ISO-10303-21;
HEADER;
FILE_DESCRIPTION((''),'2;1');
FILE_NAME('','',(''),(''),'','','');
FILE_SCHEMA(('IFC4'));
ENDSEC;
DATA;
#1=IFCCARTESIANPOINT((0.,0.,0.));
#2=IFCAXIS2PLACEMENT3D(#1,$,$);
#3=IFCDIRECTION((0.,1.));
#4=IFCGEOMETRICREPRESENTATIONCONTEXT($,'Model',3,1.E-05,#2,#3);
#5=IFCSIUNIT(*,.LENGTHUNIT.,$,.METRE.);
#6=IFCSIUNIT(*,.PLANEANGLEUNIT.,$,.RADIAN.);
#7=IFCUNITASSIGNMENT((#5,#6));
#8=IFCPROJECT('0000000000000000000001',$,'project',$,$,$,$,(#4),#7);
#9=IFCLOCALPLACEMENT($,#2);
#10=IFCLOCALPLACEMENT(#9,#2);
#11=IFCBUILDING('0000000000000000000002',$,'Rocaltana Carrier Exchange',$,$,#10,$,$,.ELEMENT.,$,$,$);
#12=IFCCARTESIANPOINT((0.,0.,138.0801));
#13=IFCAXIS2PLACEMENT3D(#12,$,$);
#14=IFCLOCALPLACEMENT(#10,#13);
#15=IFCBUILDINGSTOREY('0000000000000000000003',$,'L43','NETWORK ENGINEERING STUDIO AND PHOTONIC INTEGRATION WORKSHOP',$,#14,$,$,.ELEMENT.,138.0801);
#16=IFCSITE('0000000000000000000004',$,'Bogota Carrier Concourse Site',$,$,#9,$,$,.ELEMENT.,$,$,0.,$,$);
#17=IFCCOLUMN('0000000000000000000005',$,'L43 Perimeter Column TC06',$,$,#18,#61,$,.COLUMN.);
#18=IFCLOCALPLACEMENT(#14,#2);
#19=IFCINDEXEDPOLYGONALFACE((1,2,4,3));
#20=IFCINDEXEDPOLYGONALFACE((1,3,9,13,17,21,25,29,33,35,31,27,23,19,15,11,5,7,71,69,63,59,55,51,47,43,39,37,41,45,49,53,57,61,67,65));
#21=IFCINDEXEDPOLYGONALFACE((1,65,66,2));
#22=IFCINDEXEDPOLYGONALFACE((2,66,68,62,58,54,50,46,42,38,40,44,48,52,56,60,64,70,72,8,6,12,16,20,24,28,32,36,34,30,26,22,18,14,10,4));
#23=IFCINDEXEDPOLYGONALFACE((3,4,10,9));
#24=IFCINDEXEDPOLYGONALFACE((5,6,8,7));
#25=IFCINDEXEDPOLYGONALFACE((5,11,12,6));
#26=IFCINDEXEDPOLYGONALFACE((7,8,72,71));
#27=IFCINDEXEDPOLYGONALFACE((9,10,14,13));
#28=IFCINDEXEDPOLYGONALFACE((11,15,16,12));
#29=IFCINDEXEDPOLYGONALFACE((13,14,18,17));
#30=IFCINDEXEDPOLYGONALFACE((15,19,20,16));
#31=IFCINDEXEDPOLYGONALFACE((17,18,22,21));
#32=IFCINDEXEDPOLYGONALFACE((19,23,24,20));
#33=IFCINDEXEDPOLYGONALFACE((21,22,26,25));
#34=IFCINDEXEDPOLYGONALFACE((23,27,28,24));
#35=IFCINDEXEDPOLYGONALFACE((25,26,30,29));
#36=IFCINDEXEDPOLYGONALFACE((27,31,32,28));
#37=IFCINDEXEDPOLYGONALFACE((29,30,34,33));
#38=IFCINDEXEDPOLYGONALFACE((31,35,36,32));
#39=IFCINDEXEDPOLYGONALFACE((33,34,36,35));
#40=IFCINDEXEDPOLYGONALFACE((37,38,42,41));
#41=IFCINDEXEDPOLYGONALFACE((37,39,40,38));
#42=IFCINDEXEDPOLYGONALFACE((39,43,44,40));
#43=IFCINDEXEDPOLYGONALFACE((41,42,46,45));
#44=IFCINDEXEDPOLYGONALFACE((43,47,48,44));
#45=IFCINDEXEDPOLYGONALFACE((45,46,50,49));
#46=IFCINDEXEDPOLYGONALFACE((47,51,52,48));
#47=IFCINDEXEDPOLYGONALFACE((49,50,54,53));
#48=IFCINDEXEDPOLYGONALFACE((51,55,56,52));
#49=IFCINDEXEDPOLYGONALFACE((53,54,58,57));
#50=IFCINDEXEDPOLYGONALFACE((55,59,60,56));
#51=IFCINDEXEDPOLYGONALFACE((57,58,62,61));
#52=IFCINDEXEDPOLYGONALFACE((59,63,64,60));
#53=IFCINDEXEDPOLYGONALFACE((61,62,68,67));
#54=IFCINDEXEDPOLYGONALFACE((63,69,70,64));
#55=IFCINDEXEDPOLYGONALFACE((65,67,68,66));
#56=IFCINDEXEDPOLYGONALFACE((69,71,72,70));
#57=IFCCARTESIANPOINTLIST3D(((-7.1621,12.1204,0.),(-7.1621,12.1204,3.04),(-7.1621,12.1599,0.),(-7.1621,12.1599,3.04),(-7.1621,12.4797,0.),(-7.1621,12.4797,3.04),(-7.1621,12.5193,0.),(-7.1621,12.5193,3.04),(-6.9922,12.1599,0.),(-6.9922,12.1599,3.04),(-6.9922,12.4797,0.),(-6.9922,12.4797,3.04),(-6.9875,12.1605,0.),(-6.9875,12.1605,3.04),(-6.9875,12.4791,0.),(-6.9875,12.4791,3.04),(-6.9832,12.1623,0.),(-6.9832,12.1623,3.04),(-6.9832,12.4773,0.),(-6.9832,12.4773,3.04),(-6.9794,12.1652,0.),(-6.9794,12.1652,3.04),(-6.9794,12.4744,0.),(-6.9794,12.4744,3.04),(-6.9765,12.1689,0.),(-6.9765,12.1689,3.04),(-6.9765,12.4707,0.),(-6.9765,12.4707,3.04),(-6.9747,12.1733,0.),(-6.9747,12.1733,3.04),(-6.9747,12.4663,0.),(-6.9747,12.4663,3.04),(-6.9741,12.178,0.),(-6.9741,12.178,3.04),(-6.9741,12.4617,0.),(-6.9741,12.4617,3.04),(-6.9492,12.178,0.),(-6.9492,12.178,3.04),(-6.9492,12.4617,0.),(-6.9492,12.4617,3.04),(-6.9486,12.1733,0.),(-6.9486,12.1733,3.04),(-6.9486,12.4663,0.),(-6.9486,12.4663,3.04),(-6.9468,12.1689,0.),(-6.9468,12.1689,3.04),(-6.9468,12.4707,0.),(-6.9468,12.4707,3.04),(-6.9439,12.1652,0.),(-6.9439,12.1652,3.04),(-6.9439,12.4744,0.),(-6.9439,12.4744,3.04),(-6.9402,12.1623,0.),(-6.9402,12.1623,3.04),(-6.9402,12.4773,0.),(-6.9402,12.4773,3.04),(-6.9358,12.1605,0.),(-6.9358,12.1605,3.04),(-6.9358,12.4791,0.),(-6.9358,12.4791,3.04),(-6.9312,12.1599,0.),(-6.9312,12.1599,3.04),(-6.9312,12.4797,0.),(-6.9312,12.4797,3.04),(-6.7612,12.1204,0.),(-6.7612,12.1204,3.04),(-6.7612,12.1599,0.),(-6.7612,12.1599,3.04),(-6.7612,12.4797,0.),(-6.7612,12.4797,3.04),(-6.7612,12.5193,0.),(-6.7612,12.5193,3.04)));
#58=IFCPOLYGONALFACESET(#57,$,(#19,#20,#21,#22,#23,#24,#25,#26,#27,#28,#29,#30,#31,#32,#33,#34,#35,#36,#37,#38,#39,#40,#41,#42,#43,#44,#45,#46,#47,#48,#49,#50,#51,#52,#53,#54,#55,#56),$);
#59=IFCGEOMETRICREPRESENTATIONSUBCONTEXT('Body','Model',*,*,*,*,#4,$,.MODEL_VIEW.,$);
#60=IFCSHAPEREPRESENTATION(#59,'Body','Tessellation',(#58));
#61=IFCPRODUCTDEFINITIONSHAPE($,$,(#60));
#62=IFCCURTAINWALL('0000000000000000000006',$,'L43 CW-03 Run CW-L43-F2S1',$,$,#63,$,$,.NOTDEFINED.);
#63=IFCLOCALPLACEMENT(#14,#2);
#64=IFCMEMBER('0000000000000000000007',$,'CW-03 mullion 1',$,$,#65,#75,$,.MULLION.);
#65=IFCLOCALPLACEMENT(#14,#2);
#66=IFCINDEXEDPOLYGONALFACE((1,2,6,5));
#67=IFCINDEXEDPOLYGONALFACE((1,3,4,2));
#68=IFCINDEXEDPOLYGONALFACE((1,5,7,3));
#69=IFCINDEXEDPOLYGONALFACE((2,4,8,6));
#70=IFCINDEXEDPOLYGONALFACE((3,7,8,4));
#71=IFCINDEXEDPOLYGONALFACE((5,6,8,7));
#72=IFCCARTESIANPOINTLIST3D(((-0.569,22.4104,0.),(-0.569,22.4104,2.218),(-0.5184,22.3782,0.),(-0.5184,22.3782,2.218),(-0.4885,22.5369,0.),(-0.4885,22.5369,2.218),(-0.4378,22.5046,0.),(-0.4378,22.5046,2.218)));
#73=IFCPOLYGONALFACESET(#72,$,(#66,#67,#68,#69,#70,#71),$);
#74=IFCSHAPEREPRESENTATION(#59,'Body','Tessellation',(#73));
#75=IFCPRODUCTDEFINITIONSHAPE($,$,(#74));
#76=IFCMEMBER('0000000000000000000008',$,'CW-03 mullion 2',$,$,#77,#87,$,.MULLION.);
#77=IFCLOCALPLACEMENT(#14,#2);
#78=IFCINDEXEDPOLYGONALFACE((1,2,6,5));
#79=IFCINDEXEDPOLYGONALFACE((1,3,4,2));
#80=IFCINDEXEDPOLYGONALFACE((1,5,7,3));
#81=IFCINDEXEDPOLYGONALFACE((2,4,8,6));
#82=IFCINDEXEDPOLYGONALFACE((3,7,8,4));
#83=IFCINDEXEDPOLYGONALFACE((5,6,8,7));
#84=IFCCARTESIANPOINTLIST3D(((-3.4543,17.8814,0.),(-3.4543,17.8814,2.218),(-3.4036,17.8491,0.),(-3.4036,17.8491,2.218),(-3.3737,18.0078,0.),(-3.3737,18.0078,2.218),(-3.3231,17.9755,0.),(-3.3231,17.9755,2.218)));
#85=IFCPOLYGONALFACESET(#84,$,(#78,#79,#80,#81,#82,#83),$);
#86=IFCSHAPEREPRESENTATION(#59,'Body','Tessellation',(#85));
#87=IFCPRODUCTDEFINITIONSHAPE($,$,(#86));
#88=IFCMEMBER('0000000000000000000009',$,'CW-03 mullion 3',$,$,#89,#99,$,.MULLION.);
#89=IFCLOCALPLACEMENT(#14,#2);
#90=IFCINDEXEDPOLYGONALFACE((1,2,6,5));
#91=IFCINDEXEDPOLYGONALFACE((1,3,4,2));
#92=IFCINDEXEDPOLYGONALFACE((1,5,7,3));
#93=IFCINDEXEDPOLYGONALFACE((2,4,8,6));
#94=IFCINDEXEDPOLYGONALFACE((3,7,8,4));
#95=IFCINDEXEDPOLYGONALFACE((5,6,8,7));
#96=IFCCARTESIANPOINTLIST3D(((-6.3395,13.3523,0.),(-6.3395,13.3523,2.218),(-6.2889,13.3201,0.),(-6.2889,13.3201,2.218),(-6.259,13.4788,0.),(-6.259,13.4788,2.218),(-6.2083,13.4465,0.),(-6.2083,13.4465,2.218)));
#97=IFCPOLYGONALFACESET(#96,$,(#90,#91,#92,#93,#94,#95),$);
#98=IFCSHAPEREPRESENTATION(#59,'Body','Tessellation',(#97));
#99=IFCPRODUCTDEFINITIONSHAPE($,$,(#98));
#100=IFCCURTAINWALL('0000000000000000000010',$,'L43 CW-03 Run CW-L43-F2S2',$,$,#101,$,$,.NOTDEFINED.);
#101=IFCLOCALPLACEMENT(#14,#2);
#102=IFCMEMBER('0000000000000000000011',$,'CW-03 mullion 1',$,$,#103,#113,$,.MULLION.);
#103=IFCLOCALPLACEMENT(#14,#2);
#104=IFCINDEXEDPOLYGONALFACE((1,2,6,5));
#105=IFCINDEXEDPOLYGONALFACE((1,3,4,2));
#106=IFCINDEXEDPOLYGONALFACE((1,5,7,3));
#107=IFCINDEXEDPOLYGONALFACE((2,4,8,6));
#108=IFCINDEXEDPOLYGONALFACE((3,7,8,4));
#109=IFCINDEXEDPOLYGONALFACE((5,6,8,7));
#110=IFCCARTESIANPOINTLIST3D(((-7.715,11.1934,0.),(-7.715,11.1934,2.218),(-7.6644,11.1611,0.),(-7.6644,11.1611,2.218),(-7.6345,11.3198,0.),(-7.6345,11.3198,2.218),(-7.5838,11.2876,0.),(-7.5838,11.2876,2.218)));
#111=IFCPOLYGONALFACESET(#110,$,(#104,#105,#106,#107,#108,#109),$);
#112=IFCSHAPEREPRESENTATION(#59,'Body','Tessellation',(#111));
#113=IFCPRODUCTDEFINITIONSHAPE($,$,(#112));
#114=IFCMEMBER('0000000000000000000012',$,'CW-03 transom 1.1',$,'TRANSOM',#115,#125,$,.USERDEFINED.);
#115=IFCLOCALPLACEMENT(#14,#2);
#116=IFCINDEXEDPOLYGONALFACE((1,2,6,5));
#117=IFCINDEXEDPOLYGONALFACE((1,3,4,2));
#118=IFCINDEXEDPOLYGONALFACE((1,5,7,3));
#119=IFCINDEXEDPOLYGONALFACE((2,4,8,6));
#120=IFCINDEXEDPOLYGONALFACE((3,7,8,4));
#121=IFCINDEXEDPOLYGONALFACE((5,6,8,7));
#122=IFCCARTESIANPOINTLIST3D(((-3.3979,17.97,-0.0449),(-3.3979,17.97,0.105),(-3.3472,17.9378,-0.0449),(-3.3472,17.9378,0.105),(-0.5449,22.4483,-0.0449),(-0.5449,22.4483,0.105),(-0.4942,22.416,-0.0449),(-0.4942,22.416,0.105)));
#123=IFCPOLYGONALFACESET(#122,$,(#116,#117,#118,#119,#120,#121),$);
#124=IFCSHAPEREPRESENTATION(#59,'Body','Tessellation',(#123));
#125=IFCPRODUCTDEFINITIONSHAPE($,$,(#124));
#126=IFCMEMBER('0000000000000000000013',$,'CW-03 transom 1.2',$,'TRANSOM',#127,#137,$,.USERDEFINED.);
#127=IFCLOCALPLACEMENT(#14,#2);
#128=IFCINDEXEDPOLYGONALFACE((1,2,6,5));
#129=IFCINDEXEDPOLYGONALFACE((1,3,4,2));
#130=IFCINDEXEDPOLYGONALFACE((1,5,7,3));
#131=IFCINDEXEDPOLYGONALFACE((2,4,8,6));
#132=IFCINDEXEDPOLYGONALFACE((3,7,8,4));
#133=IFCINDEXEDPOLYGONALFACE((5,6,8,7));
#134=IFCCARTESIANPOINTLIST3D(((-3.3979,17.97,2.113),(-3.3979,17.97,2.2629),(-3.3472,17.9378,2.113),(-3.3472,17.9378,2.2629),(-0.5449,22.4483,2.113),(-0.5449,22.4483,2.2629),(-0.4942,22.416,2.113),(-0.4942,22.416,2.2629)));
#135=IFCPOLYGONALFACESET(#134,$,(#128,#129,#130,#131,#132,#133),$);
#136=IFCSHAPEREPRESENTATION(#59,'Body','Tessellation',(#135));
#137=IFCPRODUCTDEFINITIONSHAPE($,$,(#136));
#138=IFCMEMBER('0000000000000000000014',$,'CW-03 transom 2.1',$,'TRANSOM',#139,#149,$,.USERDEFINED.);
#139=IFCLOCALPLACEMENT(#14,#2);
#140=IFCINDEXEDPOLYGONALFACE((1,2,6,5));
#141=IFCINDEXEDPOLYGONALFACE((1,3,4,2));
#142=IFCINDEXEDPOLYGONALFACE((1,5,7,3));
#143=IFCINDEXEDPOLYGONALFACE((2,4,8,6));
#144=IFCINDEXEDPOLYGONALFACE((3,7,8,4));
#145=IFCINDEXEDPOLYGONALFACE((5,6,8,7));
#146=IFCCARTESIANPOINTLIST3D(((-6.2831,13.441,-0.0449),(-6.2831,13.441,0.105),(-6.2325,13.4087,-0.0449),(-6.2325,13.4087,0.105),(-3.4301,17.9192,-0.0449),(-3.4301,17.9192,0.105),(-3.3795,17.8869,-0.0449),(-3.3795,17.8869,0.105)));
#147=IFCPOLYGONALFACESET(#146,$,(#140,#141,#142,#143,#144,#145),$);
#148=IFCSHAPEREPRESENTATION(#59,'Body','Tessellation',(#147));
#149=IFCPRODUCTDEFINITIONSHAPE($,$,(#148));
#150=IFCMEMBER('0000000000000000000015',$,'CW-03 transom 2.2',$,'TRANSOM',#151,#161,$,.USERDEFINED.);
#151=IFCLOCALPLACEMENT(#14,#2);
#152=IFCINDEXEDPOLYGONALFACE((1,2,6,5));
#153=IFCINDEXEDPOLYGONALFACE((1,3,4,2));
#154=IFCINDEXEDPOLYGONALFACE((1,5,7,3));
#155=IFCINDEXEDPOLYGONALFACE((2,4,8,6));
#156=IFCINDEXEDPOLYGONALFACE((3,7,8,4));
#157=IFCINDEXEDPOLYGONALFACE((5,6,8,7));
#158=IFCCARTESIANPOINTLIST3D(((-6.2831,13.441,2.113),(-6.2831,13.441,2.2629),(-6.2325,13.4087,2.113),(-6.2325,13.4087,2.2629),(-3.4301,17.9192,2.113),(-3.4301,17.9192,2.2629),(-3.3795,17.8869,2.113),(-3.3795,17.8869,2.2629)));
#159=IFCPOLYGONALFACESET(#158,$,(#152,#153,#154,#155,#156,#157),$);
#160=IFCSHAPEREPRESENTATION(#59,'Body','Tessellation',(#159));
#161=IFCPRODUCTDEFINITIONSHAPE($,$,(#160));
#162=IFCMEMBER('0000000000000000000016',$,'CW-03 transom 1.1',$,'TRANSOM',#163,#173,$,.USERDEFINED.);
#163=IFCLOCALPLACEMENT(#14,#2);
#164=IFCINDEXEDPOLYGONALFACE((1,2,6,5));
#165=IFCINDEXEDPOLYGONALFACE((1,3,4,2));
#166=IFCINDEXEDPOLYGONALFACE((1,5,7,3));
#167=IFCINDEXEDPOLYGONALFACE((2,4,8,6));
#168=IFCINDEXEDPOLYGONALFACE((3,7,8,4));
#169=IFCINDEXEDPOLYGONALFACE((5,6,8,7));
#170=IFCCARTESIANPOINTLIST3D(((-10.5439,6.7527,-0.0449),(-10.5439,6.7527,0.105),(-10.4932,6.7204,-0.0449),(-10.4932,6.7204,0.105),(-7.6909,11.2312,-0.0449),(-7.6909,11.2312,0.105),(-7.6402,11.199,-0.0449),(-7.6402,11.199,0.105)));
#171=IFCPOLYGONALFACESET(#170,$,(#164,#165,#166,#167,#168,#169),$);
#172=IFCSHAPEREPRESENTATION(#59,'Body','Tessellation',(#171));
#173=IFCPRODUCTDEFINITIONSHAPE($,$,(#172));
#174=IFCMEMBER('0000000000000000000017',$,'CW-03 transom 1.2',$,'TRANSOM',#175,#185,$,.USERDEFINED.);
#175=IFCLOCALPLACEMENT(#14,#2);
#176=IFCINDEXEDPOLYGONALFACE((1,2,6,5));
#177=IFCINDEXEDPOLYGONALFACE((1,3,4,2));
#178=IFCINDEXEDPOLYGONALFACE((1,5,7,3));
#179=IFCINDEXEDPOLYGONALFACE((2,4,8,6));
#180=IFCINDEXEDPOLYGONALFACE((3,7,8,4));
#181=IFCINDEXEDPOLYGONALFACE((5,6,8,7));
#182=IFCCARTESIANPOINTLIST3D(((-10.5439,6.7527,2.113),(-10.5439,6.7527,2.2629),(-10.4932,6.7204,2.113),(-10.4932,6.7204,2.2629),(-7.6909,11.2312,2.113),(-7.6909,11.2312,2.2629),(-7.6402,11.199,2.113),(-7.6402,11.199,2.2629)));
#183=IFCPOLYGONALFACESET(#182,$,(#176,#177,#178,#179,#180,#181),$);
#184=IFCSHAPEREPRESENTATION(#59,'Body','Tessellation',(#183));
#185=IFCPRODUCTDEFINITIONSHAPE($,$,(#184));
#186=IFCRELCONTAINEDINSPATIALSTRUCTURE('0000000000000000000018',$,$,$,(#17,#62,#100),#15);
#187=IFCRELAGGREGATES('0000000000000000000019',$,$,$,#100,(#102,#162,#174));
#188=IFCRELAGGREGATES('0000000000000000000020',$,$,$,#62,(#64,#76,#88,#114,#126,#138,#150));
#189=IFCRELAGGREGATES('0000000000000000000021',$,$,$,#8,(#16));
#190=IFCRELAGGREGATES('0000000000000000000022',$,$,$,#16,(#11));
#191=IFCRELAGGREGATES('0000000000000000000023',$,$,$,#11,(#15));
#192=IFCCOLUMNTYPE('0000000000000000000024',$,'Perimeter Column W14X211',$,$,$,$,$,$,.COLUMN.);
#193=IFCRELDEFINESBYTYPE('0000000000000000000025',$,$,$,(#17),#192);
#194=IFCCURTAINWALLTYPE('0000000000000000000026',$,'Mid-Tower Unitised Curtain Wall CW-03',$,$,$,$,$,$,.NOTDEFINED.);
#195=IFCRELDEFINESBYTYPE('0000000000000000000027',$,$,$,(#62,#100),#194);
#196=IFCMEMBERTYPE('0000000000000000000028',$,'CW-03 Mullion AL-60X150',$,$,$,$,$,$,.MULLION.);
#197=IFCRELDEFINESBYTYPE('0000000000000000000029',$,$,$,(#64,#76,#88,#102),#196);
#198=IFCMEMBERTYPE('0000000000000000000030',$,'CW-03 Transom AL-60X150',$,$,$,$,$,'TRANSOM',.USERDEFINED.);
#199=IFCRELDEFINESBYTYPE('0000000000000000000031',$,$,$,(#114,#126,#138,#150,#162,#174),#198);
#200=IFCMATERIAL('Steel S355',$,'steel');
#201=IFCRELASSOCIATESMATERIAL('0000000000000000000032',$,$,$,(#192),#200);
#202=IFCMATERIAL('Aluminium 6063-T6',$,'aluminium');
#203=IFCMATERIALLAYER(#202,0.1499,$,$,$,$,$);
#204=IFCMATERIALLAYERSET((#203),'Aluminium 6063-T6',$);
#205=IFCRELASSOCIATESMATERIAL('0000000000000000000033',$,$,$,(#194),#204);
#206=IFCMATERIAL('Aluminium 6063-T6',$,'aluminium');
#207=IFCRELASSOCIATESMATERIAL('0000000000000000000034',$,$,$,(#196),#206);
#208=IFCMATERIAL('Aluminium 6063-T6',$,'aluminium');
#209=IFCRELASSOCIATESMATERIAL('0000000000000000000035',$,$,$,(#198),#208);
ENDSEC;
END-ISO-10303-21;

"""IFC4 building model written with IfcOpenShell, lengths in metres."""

from ifc_helpers import new_model, si_unit, direction, frame, origin, origin_2d, place, context, subcontext, project, spatial, rectangle, i_section, extrude, material, layer, layer_set, material_profile, profile_set, type_object, element, aggregate, save


model = new_model("IFC4")

# Units and contexts
model_context = context("Model", 3, precision=1e-05, world=origin(), true_north=direction((0.0, 1.0)))
body_context = subcontext(model_context, "Body", "Model", "MODEL_VIEW")
ifc_project = project(units=[si_unit("LENGTHUNIT", "METRE"), si_unit("PLANEANGLEUNIT", "RADIAN")], contexts=[model_context])

# Site, building, storey
site_placement = place(None, origin())
site = spatial("IfcSite", under=ifc_project, at=site_placement, Name="Bogota Carrier Concourse Site", CompositionType="ELEMENT", RefElevation=0.0)
building_placement = place(site_placement, origin())
building = spatial("IfcBuilding", under=site, at=building_placement, Name="Rocaltana Carrier Exchange", CompositionType="ELEMENT")
storey_placement = place(building_placement, frame((0.0, 0.0, 138.0801)))
storey = spatial("IfcBuildingStorey", under=building, at=storey_placement, Name="L43", Description="NETWORK ENGINEERING STUDIO AND PHOTONIC INTEGRATION WORKSHOP", CompositionType="ELEMENT", Elevation=138.0801)

# Column
ifc_material_1 = material(Name="Steel S355", Category="steel")
ifc_material_profile_1 = material_profile(ifc_material_1, i_section(OverallWidth=0.4009, OverallDepth=0.3989, WebThickness=0.0249, FlangeThickness=0.0396, FilletRadius=0.0181, at=origin_2d()), Name="W14X211")
ifc_profile_set_1 = profile_set([ifc_material_profile_1], Name="Steel S355")
column_type = type_object("IfcColumnType", Name="Perimeter Column W14X211", PredefinedType="COLUMN", material=ifc_profile_set_1)
column_placement = place(storey_placement, frame((-6.9617, 12.3198, 0.0), z_axis=(0.0, 0.0, 1.0), x_axis=(1.0, 0.0, 0.0)))
element("IfcColumn", 1, at=column_placement, inside=storey, type_object=column_type, Name="L43 Perimeter Column TC06", PredefinedType="COLUMN", context=body_context, shape_type="SweptSolid", body=[
    extrude(i_section(OverallWidth=0.4009, OverallDepth=0.3989, WebThickness=0.0249, FlangeThickness=0.0396, FilletRadius=0.0181, at=origin_2d()), origin(), (0.0, 0.0, 1.0), 3.04),
])

# Curtain wall, members
ifc_material_2 = material(Name="Aluminium 6063-T6", Category="aluminium")
ifc_layer_1 = layer(ifc_material_2, 0.1499)
ifc_layer_set_1 = layer_set([ifc_layer_1], Name="Aluminium 6063-T6")
curtain_wall_type = type_object("IfcCurtainWallType", Name="Mid-Tower Unitised Curtain Wall CW-03", PredefinedType="NOTDEFINED", material=ifc_layer_set_1)
curtain_wall_1_placement = place(storey_placement, origin())
curtain_wall_1 = element("IfcCurtainWall", 2, at=curtain_wall_1_placement, inside=storey, type_object=curtain_wall_type, Name="L43 CW-03 Run CW-L43-F2S1", PredefinedType="NOTDEFINED")
ifc_material_3 = material(Name="Aluminium 6063-T6", Category="aluminium")
ifc_material_profile_2 = material_profile(ifc_material_3, rectangle(XDim=0.0601, YDim=0.1499, at=origin_2d()), Name="AL-60X150")
ifc_profile_set_2 = profile_set([ifc_material_profile_2], Name="Aluminium 6063-T6")
member_type_1 = type_object("IfcMemberType", Name="CW-03 Mullion AL-60X150", PredefinedType="MULLION", material=ifc_profile_set_2)
member_1_placement = place(storey_placement, frame((-0.5034, 22.4575, 0.0), z_axis=(0.0, 0.0, 1.0), x_axis=(0.843391, -0.537301, 0.0)))
member_1 = element("IfcMember", 3, at=member_1_placement, type_object=member_type_1, Name="CW-03 mullion 1", PredefinedType="MULLION", context=body_context, shape_type="SweptSolid", body=[
    extrude(rectangle(XDim=0.0601, YDim=0.1499, at=origin_2d()), origin(), (0.0, 0.0, 1.0), 2.218),
])
member_2_placement = place(storey_placement, frame((-3.3887, 17.9285, 0.0), z_axis=(0.0, 0.0, 1.0), x_axis=(0.843391, -0.537301, 0.0)))
member_2 = element("IfcMember", 4, at=member_2_placement, type_object=member_type_1, Name="CW-03 mullion 2", PredefinedType="MULLION", context=body_context, shape_type="SweptSolid", body=[
    extrude(rectangle(XDim=0.0601, YDim=0.1499, at=origin_2d()), origin(), (0.0, 0.0, 1.0), 2.218),
])
member_3_placement = place(storey_placement, frame((-6.2739, 13.3994, 0.0), z_axis=(0.0, 0.0, 1.0), x_axis=(0.843391, -0.537301, 0.0)))
member_3 = element("IfcMember", 5, at=member_3_placement, type_object=member_type_1, Name="CW-03 mullion 3", PredefinedType="MULLION", context=body_context, shape_type="SweptSolid", body=[
    extrude(rectangle(XDim=0.0601, YDim=0.1499, at=origin_2d()), origin(), (0.0, 0.0, 1.0), 2.218),
])

# Curtain wall, member
curtain_wall_2_placement = place(storey_placement, origin())
curtain_wall_2 = element("IfcCurtainWall", 6, at=curtain_wall_2_placement, inside=storey, type_object=curtain_wall_type, Name="L43 CW-03 Run CW-L43-F2S2", PredefinedType="NOTDEFINED")
member_4_placement = place(storey_placement, frame((-7.6494, 11.2405, 0.0), z_axis=(0.0, 0.0, 1.0), x_axis=(0.843391, -0.537301, 0.0)))
member_4 = element("IfcMember", 7, at=member_4_placement, type_object=member_type_1, Name="CW-03 mullion 1", PredefinedType="MULLION", context=body_context, shape_type="SweptSolid", body=[
    extrude(rectangle(XDim=0.0601, YDim=0.1499, at=origin_2d()), origin(), (0.0, 0.0, 1.0), 2.218),
])

# Members
ifc_material_4 = material(Name="Aluminium 6063-T6", Category="aluminium")
ifc_material_profile_3 = material_profile(ifc_material_4, rectangle(XDim=0.0601, YDim=0.1499, at=origin_2d()), Name="AL-60X150")
ifc_profile_set_3 = profile_set([ifc_material_profile_3], Name="Aluminium 6063-T6")
member_type_2 = type_object("IfcMemberType", Name="CW-03 Transom AL-60X150", ElementType="TRANSOM", PredefinedType="USERDEFINED", material=ifc_profile_set_3)
member_5_placement = place(storey_placement, frame((-0.5195, 22.4321, 0.03), z_axis=(-0.537307, -0.843387, 0.0), x_axis=(0.843387, -0.537307, 0.0)))
member_5 = element("IfcMember", 8, at=member_5_placement, type_object=member_type_2, Name="CW-03 transom 1.1", ObjectType="TRANSOM", PredefinedType="USERDEFINED", context=body_context, shape_type="SweptSolid", body=[
    extrude(rectangle(XDim=0.0601, YDim=0.1499, at=origin_2d()), origin(), (0.0, 0.0, 1.0), 5.3098),
])
member_6_placement = place(storey_placement, frame((-0.5195, 22.4321, 2.188), z_axis=(-0.537307, -0.843387, 0.0), x_axis=(0.843387, -0.537307, 0.0)))
member_6 = element("IfcMember", 9, at=member_6_placement, type_object=member_type_2, Name="CW-03 transom 1.2", ObjectType="TRANSOM", PredefinedType="USERDEFINED", context=body_context, shape_type="SweptSolid", body=[
    extrude(rectangle(XDim=0.0601, YDim=0.1499, at=origin_2d()), origin(), (0.0, 0.0, 1.0), 5.3098),
])
member_7_placement = place(storey_placement, frame((-3.4048, 17.9031, 0.03), z_axis=(-0.537307, -0.843387, 0.0), x_axis=(0.843387, -0.537307, 0.0)))
member_7 = element("IfcMember", 10, at=member_7_placement, type_object=member_type_2, Name="CW-03 transom 2.1", ObjectType="TRANSOM", PredefinedType="USERDEFINED", context=body_context, shape_type="SweptSolid", body=[
    extrude(rectangle(XDim=0.0601, YDim=0.1499, at=origin_2d()), origin(), (0.0, 0.0, 1.0), 5.3098),
])
member_8_placement = place(storey_placement, frame((-3.4048, 17.9031, 2.188), z_axis=(-0.537307, -0.843387, 0.0), x_axis=(0.843387, -0.537307, 0.0)))
member_8 = element("IfcMember", 11, at=member_8_placement, type_object=member_type_2, Name="CW-03 transom 2.2", ObjectType="TRANSOM", PredefinedType="USERDEFINED", context=body_context, shape_type="SweptSolid", body=[
    extrude(rectangle(XDim=0.0601, YDim=0.1499, at=origin_2d()), origin(), (0.0, 0.0, 1.0), 5.3098),
])
member_9_placement = place(storey_placement, frame((-7.6655, 11.2151, 0.03), z_axis=(-0.537286, -0.8434, 0.0), x_axis=(0.8434, -0.537286, 0.0)))
member_9 = element("IfcMember", 12, at=member_9_placement, type_object=member_type_2, Name="CW-03 transom 1.1", ObjectType="TRANSOM", PredefinedType="USERDEFINED", context=body_context, shape_type="SweptSolid", body=[
    extrude(rectangle(XDim=0.0601, YDim=0.1499, at=origin_2d()), origin(), (0.0, 0.0, 1.0), 5.3101),
])
member_10_placement = place(storey_placement, frame((-7.6655, 11.2151, 2.188), z_axis=(-0.537286, -0.8434, 0.0), x_axis=(0.8434, -0.537286, 0.0)))
member_10 = element("IfcMember", 13, at=member_10_placement, type_object=member_type_2, Name="CW-03 transom 1.2", ObjectType="TRANSOM", PredefinedType="USERDEFINED", context=body_context, shape_type="SweptSolid", body=[
    extrude(rectangle(XDim=0.0601, YDim=0.1499, at=origin_2d()), origin(), (0.0, 0.0, 1.0), 5.3101),
])
aggregate(curtain_wall_2, [member_4, member_9, member_10])

aggregate(curtain_wall_1, [member_1, member_2, member_3, member_5, member_6, member_7, member_8])

save(model, "model.ifc")
